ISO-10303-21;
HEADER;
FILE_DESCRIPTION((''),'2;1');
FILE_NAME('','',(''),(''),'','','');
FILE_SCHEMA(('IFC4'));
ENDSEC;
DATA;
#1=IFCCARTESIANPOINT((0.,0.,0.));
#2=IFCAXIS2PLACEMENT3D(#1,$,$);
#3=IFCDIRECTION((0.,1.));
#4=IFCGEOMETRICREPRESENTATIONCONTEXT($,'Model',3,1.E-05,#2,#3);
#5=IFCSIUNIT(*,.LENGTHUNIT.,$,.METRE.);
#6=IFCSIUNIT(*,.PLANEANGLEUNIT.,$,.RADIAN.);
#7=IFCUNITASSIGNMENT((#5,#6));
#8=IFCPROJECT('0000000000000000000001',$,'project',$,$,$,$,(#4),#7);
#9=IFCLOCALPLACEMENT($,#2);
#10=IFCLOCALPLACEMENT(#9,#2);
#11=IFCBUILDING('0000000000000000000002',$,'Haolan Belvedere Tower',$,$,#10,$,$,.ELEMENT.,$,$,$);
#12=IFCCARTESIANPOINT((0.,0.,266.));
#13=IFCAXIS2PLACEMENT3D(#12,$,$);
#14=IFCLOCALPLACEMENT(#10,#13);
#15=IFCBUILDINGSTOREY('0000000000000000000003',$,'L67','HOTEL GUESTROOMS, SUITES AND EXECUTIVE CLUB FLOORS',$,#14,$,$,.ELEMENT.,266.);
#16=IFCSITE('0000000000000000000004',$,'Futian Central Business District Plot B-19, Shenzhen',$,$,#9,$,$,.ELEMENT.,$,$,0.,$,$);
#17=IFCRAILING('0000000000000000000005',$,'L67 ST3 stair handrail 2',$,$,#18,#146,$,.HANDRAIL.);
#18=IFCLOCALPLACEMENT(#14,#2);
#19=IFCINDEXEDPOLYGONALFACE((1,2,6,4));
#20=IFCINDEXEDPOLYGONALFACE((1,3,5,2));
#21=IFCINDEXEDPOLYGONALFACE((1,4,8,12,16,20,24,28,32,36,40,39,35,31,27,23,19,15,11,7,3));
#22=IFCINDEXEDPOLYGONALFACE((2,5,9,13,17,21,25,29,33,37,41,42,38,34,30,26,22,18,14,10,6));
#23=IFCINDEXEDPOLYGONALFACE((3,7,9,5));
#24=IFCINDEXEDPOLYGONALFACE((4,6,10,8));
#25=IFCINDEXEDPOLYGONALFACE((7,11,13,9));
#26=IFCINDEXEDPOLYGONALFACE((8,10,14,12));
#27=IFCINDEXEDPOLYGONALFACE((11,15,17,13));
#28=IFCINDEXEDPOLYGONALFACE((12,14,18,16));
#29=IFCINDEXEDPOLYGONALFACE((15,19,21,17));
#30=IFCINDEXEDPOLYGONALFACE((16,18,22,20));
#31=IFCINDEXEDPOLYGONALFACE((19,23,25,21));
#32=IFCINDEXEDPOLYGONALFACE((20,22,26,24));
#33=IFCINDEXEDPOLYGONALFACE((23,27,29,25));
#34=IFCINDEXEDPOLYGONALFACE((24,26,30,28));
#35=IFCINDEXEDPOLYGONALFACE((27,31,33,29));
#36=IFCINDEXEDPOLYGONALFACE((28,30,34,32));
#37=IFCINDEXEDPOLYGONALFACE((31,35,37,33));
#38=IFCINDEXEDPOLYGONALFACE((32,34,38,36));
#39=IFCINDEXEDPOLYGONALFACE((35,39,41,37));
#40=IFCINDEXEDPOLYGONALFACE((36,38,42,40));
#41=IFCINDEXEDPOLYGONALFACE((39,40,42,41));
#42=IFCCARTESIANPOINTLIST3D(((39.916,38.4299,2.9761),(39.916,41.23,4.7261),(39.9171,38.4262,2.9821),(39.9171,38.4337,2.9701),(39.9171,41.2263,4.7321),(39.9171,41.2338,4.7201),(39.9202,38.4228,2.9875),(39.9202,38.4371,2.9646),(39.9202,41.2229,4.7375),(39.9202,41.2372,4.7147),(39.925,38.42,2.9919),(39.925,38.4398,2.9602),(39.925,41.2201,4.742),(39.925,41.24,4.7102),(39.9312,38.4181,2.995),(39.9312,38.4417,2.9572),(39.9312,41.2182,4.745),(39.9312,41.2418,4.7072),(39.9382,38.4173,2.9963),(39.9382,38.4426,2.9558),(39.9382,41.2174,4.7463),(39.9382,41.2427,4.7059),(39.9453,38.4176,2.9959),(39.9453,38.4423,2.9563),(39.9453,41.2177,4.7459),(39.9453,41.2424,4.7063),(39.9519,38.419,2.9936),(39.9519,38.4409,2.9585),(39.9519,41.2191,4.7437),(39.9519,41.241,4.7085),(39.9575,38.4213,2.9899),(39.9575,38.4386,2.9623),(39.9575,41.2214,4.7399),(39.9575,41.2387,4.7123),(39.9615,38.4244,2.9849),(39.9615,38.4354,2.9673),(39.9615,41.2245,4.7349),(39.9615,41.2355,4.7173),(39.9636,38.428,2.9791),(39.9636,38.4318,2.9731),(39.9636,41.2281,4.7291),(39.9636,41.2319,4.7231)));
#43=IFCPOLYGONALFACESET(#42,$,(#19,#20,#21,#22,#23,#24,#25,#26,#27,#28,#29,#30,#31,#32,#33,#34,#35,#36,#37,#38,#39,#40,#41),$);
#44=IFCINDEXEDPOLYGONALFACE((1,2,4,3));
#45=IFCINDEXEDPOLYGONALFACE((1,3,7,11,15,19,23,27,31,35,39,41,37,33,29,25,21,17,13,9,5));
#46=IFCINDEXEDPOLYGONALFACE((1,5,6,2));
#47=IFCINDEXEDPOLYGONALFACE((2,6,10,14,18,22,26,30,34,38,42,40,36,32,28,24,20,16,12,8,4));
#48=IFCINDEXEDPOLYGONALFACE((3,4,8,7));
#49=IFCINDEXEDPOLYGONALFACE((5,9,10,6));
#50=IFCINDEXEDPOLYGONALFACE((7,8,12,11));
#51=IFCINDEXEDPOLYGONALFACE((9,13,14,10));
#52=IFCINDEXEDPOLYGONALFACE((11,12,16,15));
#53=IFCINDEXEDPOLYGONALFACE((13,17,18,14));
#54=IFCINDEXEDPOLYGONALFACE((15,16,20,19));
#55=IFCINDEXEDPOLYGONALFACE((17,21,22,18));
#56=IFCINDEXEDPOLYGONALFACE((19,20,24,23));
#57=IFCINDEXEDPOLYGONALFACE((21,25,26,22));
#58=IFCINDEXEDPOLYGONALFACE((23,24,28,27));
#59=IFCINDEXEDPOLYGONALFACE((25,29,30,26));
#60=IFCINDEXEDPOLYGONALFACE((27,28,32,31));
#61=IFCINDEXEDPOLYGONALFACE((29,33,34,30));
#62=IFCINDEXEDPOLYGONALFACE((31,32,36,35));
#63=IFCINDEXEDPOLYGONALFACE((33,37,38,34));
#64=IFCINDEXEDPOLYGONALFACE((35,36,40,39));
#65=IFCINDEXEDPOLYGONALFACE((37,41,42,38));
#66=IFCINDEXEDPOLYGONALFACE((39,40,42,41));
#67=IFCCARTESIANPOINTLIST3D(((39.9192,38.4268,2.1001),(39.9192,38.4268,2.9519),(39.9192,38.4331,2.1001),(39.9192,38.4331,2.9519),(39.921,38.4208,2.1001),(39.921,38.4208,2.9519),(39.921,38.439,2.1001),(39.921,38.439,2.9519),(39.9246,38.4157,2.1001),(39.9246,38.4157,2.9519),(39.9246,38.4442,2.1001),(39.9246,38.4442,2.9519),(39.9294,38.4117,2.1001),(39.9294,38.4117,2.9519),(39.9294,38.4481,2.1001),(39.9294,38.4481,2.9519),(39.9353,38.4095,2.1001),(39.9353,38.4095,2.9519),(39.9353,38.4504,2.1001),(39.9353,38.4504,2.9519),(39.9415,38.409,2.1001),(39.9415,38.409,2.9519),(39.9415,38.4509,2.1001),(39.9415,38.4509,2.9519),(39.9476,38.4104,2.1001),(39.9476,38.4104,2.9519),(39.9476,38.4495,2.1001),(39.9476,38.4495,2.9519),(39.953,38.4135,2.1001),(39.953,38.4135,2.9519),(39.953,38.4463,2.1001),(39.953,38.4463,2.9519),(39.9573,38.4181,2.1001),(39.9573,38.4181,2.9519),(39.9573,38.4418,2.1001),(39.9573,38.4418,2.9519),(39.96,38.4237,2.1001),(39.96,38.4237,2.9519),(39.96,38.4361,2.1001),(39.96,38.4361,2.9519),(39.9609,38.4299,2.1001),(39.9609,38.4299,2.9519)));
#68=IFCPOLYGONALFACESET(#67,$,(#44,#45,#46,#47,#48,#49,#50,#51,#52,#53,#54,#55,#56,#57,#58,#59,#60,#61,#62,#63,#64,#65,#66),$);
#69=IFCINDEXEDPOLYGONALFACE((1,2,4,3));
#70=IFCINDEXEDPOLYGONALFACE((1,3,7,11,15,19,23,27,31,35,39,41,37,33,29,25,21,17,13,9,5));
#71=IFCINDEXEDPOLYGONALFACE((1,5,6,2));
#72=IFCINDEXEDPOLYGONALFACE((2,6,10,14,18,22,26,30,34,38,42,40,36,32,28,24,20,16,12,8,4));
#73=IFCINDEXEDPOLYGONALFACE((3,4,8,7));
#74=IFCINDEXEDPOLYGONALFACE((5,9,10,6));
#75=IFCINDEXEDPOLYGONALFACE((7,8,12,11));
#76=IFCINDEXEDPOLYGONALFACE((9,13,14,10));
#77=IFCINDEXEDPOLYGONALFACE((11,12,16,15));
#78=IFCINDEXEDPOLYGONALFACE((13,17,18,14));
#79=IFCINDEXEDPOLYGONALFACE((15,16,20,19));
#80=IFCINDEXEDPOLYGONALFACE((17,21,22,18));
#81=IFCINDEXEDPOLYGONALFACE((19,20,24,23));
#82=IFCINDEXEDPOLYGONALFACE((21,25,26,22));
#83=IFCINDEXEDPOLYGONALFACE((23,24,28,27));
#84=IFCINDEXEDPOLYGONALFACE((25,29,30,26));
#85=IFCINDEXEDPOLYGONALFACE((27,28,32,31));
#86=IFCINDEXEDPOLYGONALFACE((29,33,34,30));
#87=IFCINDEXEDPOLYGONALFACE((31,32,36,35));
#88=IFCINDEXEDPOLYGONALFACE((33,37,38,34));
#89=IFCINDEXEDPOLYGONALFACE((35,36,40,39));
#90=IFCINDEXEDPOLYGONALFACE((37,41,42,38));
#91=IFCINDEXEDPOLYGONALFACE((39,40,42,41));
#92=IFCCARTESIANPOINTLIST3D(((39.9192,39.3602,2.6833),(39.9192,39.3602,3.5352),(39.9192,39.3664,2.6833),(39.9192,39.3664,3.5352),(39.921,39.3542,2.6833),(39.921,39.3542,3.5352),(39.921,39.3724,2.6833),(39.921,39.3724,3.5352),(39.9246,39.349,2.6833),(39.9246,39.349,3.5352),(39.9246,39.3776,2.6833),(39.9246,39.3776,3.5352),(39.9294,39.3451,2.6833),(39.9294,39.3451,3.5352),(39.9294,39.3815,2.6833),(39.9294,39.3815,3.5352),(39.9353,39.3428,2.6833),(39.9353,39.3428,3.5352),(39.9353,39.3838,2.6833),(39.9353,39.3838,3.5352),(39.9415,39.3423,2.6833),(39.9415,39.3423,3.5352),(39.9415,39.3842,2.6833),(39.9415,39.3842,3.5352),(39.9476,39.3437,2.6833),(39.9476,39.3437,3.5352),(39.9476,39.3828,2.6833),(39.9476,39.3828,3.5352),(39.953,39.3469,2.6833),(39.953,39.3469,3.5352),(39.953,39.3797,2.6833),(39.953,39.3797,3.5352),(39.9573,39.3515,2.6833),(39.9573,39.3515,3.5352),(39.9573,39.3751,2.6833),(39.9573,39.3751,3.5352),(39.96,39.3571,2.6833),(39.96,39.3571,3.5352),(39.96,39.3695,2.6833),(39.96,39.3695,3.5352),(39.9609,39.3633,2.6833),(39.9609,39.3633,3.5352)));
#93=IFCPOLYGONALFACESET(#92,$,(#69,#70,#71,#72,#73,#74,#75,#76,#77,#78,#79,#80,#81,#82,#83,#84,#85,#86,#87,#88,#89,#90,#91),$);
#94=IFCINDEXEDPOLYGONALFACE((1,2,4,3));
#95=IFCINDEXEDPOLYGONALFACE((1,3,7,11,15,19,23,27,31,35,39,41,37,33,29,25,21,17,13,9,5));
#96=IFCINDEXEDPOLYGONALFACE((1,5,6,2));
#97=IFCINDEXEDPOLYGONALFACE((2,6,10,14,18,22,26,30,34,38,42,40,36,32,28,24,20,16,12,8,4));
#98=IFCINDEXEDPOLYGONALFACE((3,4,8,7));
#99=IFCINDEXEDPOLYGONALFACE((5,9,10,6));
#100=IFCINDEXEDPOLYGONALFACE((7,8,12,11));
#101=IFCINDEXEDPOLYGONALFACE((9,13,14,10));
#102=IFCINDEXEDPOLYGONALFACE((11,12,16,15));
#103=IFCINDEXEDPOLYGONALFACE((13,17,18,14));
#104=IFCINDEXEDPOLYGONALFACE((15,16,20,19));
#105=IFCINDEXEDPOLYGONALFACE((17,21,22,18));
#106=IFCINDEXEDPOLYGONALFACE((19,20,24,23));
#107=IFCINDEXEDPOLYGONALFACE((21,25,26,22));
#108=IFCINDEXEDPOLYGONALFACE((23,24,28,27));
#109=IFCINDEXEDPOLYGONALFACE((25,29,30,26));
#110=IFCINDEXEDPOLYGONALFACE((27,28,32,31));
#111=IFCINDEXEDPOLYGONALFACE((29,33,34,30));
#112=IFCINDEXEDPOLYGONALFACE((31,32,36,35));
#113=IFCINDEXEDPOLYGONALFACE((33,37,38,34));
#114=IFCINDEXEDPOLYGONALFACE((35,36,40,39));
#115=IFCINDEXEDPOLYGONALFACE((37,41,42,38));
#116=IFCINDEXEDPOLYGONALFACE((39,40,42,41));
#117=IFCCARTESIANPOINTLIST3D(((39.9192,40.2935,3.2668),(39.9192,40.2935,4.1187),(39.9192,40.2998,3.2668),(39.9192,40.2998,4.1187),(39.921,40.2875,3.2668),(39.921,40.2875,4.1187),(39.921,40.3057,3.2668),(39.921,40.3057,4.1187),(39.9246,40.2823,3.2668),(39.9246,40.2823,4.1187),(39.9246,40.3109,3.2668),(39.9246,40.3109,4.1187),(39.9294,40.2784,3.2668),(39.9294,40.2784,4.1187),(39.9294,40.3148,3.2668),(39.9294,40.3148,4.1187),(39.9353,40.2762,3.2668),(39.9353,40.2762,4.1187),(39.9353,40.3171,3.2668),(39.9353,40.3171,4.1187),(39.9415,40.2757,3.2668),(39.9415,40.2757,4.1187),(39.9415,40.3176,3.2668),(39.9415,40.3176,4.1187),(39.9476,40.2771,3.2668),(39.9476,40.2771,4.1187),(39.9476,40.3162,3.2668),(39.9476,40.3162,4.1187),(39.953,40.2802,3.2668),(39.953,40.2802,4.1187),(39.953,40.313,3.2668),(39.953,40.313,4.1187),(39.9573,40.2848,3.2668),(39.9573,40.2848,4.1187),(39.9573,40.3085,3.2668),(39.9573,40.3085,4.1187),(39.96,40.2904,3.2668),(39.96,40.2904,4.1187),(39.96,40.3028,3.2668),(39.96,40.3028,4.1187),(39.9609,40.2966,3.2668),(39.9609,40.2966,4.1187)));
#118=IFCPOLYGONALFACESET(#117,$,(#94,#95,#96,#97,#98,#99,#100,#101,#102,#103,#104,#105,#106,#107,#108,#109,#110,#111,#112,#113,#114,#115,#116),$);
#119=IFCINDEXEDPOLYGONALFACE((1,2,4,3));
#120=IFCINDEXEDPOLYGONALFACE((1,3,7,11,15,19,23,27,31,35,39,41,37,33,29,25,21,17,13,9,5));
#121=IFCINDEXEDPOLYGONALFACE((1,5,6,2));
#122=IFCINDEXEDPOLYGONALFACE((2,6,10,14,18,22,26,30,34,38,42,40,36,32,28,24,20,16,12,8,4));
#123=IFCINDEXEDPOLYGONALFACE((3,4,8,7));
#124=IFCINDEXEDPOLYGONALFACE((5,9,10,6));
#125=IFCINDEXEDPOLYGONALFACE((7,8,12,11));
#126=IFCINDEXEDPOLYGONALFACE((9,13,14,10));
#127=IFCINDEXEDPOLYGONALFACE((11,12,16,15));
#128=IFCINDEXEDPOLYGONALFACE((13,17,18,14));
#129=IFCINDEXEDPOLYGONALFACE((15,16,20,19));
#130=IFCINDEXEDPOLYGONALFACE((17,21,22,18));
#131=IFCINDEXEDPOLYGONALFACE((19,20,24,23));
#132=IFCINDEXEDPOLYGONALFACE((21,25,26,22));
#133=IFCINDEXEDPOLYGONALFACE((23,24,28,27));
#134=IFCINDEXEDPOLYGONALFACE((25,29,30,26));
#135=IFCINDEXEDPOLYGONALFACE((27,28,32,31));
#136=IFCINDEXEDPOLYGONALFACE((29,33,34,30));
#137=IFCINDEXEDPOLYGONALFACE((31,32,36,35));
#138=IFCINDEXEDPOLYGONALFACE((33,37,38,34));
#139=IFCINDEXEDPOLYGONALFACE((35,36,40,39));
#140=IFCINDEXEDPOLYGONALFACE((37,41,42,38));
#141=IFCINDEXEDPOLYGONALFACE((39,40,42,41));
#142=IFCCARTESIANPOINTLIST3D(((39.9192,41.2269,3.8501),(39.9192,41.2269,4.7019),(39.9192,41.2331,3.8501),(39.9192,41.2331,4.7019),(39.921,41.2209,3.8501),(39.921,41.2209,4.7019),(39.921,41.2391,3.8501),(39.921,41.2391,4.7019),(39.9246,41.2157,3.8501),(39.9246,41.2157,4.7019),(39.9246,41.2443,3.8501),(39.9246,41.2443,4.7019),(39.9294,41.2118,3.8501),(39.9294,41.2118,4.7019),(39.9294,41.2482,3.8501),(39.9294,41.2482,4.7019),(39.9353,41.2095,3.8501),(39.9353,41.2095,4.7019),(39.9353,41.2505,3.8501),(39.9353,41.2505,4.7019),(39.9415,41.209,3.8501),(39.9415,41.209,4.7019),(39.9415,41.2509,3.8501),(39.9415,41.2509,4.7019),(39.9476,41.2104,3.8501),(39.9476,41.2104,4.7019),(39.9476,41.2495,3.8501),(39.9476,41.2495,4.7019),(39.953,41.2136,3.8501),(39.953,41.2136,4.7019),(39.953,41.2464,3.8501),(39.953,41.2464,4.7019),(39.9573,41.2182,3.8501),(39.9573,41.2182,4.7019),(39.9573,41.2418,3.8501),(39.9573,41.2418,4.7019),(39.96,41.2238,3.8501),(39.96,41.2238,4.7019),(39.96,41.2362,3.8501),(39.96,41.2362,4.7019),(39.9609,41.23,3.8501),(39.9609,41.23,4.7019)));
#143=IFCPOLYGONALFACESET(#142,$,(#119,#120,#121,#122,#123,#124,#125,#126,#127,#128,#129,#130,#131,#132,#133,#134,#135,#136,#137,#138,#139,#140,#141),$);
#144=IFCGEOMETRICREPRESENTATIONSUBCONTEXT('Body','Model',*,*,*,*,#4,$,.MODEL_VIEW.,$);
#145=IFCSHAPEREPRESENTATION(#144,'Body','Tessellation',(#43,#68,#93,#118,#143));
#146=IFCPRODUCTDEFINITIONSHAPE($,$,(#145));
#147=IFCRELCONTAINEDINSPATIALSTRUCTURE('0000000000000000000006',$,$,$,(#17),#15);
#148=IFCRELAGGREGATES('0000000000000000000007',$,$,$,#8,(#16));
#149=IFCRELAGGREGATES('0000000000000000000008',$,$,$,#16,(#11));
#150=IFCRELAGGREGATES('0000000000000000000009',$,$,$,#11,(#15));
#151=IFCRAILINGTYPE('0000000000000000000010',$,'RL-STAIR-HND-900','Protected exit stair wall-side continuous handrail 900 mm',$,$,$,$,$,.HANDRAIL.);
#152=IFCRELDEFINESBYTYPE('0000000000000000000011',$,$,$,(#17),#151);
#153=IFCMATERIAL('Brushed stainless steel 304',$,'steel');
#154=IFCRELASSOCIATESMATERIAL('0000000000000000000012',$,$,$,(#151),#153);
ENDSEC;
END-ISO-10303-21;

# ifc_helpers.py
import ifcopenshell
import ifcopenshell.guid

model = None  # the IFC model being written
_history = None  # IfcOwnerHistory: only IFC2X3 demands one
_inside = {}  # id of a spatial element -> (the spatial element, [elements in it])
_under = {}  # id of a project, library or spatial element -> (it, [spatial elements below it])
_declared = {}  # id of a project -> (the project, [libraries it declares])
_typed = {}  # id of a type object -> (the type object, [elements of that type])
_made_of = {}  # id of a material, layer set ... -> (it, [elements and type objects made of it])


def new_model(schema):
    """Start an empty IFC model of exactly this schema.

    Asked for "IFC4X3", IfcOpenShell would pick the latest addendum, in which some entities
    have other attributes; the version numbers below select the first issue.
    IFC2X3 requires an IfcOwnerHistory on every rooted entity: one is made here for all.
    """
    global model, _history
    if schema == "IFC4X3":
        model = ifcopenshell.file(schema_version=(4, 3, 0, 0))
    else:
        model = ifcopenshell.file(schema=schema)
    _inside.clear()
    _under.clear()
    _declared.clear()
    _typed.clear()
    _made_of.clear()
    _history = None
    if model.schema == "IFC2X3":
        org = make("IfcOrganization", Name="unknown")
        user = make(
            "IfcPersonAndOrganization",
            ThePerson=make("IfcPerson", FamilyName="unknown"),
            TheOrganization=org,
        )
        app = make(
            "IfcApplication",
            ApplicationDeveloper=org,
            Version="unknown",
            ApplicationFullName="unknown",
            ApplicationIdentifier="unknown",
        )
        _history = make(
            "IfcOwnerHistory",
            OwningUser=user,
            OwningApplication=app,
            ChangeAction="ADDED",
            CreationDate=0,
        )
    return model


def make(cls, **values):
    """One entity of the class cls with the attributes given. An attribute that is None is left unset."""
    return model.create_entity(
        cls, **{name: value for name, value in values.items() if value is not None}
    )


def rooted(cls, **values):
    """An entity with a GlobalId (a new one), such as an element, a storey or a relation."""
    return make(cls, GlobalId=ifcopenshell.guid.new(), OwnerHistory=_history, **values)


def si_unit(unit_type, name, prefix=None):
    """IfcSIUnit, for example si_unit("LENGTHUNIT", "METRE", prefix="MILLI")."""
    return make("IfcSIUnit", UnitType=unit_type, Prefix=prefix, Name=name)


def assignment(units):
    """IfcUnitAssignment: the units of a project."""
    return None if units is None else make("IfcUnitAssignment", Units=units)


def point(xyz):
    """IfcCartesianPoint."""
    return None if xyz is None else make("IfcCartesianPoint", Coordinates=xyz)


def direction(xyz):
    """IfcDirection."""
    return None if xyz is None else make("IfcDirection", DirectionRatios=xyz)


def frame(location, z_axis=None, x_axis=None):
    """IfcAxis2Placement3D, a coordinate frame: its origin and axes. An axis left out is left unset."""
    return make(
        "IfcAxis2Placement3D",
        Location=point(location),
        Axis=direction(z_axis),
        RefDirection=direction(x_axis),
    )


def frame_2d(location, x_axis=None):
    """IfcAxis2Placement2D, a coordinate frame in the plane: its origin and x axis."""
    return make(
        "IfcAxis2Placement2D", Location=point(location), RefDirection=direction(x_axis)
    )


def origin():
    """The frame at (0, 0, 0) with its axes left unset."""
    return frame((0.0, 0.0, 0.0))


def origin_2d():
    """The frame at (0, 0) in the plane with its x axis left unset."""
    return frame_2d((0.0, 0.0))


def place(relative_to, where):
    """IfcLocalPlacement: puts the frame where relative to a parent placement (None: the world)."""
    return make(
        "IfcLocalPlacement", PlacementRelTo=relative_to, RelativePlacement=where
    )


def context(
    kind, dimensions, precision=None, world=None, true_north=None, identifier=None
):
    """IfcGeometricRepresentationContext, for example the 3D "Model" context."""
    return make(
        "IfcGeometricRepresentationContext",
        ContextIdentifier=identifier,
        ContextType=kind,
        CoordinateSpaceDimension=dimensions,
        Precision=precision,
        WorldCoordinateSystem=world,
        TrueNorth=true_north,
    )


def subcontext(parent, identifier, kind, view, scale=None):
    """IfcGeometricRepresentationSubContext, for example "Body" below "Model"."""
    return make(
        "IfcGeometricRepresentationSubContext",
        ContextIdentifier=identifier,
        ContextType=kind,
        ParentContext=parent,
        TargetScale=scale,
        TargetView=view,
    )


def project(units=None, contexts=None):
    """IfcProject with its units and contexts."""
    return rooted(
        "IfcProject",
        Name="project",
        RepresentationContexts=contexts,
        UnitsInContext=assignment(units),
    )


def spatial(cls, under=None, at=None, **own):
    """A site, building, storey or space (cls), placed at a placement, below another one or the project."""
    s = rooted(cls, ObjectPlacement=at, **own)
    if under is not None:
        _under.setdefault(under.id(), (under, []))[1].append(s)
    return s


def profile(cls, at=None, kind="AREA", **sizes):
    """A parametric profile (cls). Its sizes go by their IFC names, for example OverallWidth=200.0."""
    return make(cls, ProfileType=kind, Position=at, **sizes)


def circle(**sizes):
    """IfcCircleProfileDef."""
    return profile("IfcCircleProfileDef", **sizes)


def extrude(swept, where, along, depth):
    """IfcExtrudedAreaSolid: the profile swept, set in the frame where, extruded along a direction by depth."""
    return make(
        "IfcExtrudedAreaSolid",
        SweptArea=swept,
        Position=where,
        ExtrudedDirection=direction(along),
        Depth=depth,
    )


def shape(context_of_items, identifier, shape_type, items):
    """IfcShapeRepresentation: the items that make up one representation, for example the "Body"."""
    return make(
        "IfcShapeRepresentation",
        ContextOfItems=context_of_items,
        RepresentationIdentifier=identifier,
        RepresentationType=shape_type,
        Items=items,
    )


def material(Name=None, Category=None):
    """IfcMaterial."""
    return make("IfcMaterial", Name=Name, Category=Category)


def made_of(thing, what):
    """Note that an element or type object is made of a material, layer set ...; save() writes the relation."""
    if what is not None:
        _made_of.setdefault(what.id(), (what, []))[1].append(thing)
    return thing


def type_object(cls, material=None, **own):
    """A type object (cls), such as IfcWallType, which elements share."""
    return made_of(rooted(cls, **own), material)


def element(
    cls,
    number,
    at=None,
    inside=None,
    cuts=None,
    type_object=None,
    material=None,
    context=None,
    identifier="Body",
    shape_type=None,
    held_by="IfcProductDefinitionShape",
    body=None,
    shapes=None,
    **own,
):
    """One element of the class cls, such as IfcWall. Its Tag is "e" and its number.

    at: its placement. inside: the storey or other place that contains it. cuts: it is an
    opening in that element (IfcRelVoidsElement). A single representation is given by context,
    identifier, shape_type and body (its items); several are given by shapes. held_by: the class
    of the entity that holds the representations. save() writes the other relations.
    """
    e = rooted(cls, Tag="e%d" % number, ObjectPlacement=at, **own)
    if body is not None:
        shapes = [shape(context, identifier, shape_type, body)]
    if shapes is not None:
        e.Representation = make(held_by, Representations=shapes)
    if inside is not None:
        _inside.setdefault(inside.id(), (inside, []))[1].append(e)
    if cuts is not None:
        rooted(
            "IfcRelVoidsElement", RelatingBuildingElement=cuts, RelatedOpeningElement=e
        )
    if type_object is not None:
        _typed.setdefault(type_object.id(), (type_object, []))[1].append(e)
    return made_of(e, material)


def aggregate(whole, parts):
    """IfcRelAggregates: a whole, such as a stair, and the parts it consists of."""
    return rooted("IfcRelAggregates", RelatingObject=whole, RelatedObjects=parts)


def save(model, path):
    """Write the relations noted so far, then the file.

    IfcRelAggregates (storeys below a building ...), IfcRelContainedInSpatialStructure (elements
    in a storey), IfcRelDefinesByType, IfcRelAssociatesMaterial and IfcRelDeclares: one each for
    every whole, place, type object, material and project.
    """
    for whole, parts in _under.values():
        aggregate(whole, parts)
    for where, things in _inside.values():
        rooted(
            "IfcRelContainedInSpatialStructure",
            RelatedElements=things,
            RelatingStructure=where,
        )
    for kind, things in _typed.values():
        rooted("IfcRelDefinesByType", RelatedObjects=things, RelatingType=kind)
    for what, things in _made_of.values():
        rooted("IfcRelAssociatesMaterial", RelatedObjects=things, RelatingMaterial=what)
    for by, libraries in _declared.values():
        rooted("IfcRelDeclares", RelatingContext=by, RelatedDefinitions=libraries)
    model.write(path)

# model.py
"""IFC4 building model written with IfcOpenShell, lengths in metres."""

from ifc_helpers import new_model, si_unit, direction, frame, origin, origin_2d, place, context, subcontext, project, spatial, circle, extrude, material, type_object, element, save


model = new_model("IFC4")

# Units and contexts
model_context = context("Model", 3, precision=1e-05, world=origin(), true_north=direction((0.0, 1.0)))
body_context = subcontext(model_context, "Body", "Model", "MODEL_VIEW")
ifc_project = project(units=[si_unit("LENGTHUNIT", "METRE"), si_unit("PLANEANGLEUNIT", "RADIAN")], contexts=[model_context])

# Site, building, storey
site_placement = place(None, origin())
site = spatial("IfcSite", under=ifc_project, at=site_placement, Name="Futian Central Business District Plot B-19, Shenzhen", CompositionType="ELEMENT", RefElevation=0.0)
building_placement = place(site_placement, origin())
building = spatial("IfcBuilding", under=site, at=building_placement, Name="Haolan Belvedere Tower", CompositionType="ELEMENT")
storey_placement = place(building_placement, frame((0.0, 0.0, 266.0)))
storey = spatial("IfcBuildingStorey", under=building, at=storey_placement, Name="L67", Description="HOTEL GUESTROOMS, SUITES AND EXECUTIVE CLUB FLOORS", CompositionType="ELEMENT", Elevation=266.0)

# Railing
ifc_material_1 = material(Name="Brushed stainless steel 304", Category="steel")
railing_type_1 = type_object("IfcRailingType", Name="RL-STAIR-HND-900", Description="Protected exit stair wall-side continuous handrail 900 mm", PredefinedType="HANDRAIL", material=ifc_material_1)
railing_1_placement = place(storey_placement, frame((39.9399, 38.4299, 2.1001)))
element("IfcRailing", 1, at=railing_1_placement, inside=storey, type_object=railing_type_1, Name="L67 ST3 stair handrail 2", PredefinedType="HANDRAIL", context=body_context, shape_type="SweptSolid", body=[
    extrude(circle(Radius=0.0239, at=origin_2d()), frame((0.0, 0.0, 0.876), z_axis=(0.0, 0.848002, 0.529992), x_axis=(-1.0, 0.0, 0.0)), (0.0, 0.0, 1.0), 3.302),
    extrude(circle(Radius=0.021, at=origin_2d()), origin(), (0.0, 0.0, 1.0), 0.8518),
    extrude(circle(Radius=0.021, at=origin_2d()), frame((0.0, 0.9333, 0.5833)), (0.0, 0.0, 1.0), 0.8518),
    extrude(circle(Radius=0.021, at=origin_2d()), frame((0.0, 1.8667, 1.1667)), (0.0, 0.0, 1.0), 0.8518),
    extrude(circle(Radius=0.021, at=origin_2d()), frame((0.0, 2.8, 1.75)), (0.0, 0.0, 1.0), 0.8518),
])

save(model, "model.ifc")
